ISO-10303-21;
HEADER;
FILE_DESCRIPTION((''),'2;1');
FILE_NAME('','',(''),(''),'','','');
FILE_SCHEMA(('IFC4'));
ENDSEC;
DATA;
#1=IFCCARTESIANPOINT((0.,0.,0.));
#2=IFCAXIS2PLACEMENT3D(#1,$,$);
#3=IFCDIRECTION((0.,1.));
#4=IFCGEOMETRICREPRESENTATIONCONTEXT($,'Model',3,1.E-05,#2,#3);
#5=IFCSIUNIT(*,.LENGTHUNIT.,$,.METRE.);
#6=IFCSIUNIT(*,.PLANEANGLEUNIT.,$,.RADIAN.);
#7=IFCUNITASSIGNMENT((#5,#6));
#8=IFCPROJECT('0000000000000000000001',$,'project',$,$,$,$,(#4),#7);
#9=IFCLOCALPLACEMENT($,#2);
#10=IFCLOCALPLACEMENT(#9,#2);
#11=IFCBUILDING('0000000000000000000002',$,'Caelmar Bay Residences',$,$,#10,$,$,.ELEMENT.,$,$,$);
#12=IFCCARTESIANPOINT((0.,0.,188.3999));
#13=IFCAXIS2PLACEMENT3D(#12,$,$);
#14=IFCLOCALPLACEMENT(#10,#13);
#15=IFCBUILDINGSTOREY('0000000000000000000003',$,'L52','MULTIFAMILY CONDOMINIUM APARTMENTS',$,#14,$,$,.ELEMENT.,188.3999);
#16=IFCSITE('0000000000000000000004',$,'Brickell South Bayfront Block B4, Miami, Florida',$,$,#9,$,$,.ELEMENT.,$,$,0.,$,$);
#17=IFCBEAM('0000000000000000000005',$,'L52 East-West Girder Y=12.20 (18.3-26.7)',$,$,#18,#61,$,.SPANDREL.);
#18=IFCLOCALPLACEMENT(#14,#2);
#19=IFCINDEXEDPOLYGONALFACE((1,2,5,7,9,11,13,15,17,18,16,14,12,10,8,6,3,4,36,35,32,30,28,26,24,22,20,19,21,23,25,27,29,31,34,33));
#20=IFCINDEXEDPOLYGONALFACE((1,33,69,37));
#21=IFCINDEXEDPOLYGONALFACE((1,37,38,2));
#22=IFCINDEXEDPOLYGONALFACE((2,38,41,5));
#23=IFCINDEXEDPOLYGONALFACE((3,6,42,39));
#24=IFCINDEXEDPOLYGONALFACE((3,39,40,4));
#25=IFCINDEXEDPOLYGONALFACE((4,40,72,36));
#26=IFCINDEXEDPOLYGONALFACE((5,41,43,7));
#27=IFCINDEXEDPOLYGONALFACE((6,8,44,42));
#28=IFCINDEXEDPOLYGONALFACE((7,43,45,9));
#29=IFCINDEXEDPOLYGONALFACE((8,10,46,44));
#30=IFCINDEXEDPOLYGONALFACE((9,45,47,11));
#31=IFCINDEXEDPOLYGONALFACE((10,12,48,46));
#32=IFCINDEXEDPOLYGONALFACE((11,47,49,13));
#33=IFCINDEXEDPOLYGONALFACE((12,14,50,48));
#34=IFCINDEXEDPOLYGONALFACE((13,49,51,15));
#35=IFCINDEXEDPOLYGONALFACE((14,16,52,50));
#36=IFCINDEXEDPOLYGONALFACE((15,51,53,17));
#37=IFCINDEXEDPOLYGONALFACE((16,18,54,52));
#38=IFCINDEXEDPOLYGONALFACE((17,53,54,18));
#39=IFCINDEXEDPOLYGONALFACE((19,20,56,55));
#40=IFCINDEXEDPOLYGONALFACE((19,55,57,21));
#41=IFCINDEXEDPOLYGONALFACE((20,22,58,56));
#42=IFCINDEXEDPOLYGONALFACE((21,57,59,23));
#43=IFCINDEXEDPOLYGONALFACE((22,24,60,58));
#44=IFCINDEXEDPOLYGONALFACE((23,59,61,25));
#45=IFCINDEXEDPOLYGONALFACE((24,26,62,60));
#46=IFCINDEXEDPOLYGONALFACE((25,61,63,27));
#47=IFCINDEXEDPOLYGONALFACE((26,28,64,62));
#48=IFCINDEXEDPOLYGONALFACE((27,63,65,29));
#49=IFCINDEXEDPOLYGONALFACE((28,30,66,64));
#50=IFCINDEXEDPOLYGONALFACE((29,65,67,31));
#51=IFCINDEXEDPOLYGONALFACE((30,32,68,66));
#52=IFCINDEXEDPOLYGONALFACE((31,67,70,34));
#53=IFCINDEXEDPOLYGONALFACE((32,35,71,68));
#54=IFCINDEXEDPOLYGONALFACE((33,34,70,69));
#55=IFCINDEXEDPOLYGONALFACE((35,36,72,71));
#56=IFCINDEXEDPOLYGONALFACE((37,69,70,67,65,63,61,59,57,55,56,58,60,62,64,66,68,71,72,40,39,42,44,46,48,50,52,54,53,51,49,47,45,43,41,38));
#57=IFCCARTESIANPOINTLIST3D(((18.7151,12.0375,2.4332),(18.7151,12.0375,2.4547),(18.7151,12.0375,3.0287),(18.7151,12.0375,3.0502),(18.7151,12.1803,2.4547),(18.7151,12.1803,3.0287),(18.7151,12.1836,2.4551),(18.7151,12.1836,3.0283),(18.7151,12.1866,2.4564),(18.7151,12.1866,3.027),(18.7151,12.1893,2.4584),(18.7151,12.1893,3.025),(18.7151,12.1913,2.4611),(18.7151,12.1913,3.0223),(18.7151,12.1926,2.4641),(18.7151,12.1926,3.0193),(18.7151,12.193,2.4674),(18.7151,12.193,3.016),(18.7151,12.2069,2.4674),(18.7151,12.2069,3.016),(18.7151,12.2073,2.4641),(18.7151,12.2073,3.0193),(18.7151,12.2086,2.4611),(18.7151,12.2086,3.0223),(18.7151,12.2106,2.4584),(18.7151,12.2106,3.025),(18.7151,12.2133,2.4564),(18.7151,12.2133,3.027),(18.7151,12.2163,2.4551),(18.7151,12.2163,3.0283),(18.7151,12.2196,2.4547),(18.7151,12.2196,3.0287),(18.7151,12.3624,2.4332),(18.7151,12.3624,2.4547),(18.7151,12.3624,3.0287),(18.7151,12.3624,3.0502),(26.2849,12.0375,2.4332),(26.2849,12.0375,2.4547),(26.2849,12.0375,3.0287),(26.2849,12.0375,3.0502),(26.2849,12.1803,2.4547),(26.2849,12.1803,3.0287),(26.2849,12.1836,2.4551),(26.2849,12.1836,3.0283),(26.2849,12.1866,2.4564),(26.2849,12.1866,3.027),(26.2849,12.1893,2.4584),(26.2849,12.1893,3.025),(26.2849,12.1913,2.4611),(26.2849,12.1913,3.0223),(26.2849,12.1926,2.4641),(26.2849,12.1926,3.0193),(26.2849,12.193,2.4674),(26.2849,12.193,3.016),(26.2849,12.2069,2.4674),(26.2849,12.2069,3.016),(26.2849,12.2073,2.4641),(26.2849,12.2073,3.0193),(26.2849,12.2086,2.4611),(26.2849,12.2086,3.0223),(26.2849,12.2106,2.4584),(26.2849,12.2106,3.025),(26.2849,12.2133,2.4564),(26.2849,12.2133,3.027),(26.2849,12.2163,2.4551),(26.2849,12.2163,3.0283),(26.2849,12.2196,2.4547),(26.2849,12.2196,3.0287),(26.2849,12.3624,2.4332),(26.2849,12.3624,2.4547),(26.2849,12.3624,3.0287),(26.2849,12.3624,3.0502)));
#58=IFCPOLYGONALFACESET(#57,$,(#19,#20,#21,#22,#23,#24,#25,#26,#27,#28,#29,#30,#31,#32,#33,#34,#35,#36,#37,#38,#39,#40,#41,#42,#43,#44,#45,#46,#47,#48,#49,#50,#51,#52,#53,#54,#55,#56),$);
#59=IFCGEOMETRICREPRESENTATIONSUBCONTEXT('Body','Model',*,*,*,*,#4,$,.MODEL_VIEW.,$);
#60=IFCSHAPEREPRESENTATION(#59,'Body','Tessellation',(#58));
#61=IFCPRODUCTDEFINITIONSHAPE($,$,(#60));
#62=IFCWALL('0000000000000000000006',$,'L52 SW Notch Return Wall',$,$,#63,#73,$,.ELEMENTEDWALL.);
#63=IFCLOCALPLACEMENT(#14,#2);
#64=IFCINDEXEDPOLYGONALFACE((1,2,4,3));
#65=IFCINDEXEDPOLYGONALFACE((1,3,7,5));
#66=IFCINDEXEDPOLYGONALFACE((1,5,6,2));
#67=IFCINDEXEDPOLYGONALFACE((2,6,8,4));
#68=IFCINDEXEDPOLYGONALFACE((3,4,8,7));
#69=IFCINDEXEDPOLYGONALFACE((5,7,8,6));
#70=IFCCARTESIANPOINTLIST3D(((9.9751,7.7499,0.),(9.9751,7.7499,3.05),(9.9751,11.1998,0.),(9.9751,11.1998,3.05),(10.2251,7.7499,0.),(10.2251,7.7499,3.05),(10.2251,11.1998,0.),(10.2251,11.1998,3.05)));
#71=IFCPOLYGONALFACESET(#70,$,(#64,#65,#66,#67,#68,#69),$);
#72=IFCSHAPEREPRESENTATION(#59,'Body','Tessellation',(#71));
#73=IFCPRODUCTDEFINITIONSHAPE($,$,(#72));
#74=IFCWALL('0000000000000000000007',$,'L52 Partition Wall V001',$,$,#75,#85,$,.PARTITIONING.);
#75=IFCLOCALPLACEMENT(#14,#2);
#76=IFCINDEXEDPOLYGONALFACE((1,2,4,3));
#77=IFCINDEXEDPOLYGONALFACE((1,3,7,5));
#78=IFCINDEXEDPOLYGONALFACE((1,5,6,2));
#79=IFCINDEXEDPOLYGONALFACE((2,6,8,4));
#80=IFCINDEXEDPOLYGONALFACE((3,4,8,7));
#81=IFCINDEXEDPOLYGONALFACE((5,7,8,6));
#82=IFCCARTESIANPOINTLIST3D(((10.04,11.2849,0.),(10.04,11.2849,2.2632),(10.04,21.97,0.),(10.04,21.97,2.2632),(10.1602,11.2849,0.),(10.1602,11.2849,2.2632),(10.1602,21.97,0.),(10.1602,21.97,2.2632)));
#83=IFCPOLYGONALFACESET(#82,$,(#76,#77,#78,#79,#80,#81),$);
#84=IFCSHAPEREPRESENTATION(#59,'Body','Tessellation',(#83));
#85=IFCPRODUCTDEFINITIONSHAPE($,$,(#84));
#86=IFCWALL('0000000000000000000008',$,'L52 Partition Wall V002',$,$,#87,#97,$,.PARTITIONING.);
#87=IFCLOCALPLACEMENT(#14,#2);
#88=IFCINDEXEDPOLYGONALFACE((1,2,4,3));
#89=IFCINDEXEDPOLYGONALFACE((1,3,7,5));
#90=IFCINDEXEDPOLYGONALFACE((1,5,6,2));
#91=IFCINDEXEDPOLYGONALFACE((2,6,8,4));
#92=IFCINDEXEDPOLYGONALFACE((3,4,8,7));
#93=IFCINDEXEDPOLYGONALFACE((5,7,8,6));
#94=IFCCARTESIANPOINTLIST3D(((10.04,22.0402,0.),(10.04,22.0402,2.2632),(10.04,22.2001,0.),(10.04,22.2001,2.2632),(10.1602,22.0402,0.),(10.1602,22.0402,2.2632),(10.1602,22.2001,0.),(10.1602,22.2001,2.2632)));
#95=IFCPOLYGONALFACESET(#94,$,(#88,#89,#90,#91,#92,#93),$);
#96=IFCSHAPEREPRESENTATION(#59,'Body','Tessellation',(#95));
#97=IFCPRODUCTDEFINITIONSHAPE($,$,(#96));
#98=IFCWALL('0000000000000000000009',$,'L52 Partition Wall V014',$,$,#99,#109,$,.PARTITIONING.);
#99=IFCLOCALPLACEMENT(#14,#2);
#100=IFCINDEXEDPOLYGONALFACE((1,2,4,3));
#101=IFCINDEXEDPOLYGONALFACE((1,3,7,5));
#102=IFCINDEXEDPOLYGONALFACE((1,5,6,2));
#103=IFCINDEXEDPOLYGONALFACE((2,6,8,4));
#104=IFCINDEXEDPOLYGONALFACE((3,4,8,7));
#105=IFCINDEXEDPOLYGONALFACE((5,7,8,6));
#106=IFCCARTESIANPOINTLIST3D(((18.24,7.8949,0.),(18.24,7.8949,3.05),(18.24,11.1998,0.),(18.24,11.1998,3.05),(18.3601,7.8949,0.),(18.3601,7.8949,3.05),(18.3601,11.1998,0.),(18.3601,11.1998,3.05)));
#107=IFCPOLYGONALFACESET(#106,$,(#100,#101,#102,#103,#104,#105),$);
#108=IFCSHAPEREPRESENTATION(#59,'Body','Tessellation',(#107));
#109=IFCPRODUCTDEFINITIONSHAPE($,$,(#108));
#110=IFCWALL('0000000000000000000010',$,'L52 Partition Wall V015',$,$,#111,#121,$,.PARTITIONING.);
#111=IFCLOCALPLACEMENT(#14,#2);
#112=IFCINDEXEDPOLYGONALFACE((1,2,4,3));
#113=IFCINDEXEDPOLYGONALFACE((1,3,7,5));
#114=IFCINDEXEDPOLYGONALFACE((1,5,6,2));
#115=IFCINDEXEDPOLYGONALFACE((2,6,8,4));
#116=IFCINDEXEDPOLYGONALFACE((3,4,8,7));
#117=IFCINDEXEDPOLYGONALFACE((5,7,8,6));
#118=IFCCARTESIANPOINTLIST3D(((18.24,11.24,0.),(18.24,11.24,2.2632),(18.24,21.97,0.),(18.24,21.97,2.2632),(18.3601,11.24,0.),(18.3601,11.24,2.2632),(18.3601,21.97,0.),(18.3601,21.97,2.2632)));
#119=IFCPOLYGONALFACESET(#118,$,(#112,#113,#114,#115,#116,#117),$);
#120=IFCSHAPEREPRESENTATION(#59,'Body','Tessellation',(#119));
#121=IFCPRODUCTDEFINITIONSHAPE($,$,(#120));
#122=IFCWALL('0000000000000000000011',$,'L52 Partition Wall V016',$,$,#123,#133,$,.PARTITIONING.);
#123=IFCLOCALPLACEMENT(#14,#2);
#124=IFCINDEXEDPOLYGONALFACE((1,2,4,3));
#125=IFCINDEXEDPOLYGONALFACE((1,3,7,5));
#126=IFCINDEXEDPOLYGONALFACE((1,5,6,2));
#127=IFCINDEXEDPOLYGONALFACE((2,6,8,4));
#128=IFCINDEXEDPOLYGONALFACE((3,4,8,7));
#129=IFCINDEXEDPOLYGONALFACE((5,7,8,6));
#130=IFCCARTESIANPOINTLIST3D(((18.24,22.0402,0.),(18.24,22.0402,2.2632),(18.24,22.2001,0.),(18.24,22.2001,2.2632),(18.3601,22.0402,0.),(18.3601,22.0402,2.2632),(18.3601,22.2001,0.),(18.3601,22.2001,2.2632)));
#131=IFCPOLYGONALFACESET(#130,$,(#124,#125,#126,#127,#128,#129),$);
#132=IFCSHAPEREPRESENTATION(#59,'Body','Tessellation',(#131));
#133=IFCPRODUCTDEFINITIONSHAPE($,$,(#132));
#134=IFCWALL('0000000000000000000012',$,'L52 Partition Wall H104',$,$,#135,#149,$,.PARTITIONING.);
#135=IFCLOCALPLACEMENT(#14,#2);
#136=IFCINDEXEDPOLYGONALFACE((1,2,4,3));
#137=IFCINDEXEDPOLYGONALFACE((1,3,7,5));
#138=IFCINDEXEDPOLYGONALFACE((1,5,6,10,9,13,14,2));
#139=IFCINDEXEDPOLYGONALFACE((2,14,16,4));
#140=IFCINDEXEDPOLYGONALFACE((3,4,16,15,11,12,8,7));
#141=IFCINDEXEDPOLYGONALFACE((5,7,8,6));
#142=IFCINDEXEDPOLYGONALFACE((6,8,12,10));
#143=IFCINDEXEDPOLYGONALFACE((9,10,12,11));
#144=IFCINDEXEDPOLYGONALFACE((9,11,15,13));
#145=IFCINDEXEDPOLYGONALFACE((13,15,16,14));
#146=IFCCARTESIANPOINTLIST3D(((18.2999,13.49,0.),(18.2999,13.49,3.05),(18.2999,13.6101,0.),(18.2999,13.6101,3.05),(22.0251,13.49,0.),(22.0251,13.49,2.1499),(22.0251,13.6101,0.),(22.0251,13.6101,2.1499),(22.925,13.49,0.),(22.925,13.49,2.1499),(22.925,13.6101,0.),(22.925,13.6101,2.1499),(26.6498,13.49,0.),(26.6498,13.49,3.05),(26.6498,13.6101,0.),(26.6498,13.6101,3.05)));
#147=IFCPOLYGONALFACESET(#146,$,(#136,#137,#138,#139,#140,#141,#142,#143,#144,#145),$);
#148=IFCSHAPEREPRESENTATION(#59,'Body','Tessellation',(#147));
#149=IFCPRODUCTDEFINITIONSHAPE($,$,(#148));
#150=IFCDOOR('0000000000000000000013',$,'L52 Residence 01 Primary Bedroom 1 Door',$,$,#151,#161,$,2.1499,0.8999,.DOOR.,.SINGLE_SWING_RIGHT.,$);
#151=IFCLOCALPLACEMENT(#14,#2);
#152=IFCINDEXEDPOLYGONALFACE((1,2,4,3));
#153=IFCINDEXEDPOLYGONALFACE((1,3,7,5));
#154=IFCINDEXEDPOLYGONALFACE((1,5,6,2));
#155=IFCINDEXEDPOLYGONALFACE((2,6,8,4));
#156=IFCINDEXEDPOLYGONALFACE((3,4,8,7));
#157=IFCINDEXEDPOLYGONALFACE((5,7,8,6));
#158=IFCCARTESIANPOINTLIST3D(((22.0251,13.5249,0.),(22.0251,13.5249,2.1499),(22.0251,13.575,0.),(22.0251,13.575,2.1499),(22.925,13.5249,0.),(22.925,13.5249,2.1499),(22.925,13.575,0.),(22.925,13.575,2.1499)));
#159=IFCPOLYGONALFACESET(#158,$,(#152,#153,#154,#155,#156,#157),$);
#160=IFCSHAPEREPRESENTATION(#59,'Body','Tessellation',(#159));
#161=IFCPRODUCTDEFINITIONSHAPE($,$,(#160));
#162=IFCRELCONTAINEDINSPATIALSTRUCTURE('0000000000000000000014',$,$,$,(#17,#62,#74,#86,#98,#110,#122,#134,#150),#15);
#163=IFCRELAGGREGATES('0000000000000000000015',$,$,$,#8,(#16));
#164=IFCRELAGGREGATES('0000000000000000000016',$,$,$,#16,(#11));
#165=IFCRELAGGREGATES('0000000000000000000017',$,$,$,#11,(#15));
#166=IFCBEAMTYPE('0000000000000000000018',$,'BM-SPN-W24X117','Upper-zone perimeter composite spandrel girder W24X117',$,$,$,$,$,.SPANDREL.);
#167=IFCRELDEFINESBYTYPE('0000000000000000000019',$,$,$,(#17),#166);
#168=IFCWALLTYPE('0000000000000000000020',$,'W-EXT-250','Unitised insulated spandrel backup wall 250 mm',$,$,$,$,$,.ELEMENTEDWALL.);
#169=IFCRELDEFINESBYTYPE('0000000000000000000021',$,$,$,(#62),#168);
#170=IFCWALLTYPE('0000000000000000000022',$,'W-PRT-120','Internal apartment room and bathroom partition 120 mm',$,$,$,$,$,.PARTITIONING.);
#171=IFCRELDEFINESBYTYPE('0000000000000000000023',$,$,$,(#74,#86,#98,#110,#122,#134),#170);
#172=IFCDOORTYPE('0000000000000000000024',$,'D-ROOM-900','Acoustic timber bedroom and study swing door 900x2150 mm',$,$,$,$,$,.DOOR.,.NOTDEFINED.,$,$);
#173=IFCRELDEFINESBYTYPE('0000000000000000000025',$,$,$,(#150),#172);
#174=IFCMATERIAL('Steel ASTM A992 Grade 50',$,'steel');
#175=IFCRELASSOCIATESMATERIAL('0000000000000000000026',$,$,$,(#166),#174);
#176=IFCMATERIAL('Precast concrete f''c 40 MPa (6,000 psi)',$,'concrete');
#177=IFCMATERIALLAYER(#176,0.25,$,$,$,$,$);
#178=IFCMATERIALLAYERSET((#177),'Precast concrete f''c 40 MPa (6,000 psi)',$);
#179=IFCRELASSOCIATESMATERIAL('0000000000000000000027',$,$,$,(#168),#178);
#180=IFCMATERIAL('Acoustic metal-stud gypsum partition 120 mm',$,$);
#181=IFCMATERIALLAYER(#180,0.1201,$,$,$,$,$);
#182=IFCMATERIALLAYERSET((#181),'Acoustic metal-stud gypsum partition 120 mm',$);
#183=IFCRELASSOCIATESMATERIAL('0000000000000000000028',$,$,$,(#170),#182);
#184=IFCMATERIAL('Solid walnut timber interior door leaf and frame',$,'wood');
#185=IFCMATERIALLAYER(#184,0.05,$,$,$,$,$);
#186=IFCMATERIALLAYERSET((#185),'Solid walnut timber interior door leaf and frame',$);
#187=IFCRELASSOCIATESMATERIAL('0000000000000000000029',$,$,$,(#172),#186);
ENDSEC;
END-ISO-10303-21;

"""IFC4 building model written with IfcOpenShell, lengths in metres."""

from ifc_helpers import new_model, si_unit, direction, frame, frame_2d, origin, origin_2d, place, context, subcontext, project, spatial, rectangle, i_section, extrude, material, layer, layer_set, material_profile, profile_set, type_object, element, fill, save


model = new_model("IFC4")

# Units and contexts
model_context = context("Model", 3, precision=1e-05, world=origin(), true_north=direction((0.0, 1.0)))
body_context = subcontext(model_context, "Body", "Model", "MODEL_VIEW")
ifc_project = project(units=[si_unit("LENGTHUNIT", "METRE"), si_unit("PLANEANGLEUNIT", "RADIAN")], contexts=[model_context])

# Site, building, storey
site_placement = place(None, origin())
site = spatial("IfcSite", under=ifc_project, at=site_placement, Name="Brickell South Bayfront Block B4, Miami, Florida", CompositionType="ELEMENT", RefElevation=0.0)
building_placement = place(site_placement, origin())
building = spatial("IfcBuilding", under=site, at=building_placement, Name="Caelmar Bay Residences", CompositionType="ELEMENT")
storey_placement = place(building_placement, frame((0.0, 0.0, 188.3999)))
storey = spatial("IfcBuildingStorey", under=building, at=storey_placement, Name="L52", Description="MULTIFAMILY CONDOMINIUM APARTMENTS", CompositionType="ELEMENT", Elevation=188.3999)

# Beam
ifc_material_1 = material(Name="Steel ASTM A992 Grade 50", Category="steel")
ifc_material_profile_1 = material_profile(ifc_material_1, i_section(OverallWidth=0.325, OverallDepth=0.6169, WebThickness=0.0139, FlangeThickness=0.0215, FilletRadius=0.0127, at=origin_2d()), Name="W24X117")
ifc_profile_set_1 = profile_set([ifc_material_profile_1], Name="Steel ASTM A992 Grade 50")
beam_type_1 = type_object("IfcBeamType", Name="BM-SPN-W24X117", Description="Upper-zone perimeter composite spandrel girder W24X117", PredefinedType="SPANDREL", material=ifc_profile_set_1)
beam_1_placement = place(storey_placement, frame((18.7151, 12.2, 2.7417), z_axis=(1.0, 0.0, 0.0), x_axis=(0.0, 1.0, 0.0)))
element("IfcBeam", 1, at=beam_1_placement, inside=storey, type_object=beam_type_1, Name="L52 East-West Girder Y=12.20 (18.3-26.7)", PredefinedType="SPANDREL", context=body_context, shape_type="SweptSolid", body=[
    extrude(i_section(OverallWidth=0.325, OverallDepth=0.6169, WebThickness=0.0139, FlangeThickness=0.0215, FilletRadius=0.0127, at=origin_2d()), origin(), (0.0, 0.0, 1.0), 7.5698),
])

# Walls
ifc_material_2 = material(Name="Precast concrete f'c 40 MPa (6,000 psi)", Category="concrete")
ifc_layer_1 = layer(ifc_material_2, 0.25)
ifc_layer_set_1 = layer_set([ifc_layer_1], Name="Precast concrete f'c 40 MPa (6,000 psi)")
wall_type_1 = type_object("IfcWallType", Name="W-EXT-250", Description="Unitised insulated spandrel backup wall 250 mm", PredefinedType="ELEMENTEDWALL", material=ifc_layer_set_1)
wall_1_placement = place(storey_placement, frame((10.1001, 11.2, 0.0), z_axis=(0.0, 0.0, 1.0), x_axis=(0.0, -1.0, 0.0)))
element("IfcWall", 2, at=wall_1_placement, inside=storey, type_object=wall_type_1, Name="L52 SW Notch Return Wall", PredefinedType="ELEMENTEDWALL", context=body_context, shape_type="SweptSolid", body=[
    extrude(rectangle(XDim=3.45, YDim=0.25, at=frame_2d((1.7251, 0.0))), origin(), (0.0, 0.0, 1.0), 3.05),
])
ifc_material_3 = material(Name="Acoustic metal-stud gypsum partition 120 mm")
ifc_layer_2 = layer(ifc_material_3, 0.1201)
ifc_layer_set_2 = layer_set([ifc_layer_2], Name="Acoustic metal-stud gypsum partition 120 mm")
wall_type_2 = type_object("IfcWallType", Name="W-PRT-120", Description="Internal apartment room and bathroom partition 120 mm", PredefinedType="PARTITIONING", material=ifc_layer_set_2)
wall_2_placement = place(storey_placement, frame((10.1001, 11.2849, 0.0), z_axis=(0.0, 0.0, 1.0), x_axis=(0.0, 1.0, 0.0)))
element("IfcWall", 3, at=wall_2_placement, inside=storey, type_object=wall_type_2, Name="L52 Partition Wall V001", PredefinedType="PARTITIONING", context=body_context, shape_type="SweptSolid", body=[
    extrude(rectangle(XDim=10.6851, YDim=0.1201, at=frame_2d((5.3425, 0.0))), origin(), (0.0, 0.0, 1.0), 2.2632),
])
wall_3_placement = place(storey_placement, frame((10.1001, 22.04, 0.0), z_axis=(0.0, 0.0, 1.0), x_axis=(0.0, 1.0, 0.0)))
element("IfcWall", 4, at=wall_3_placement, inside=storey, type_object=wall_type_2, Name="L52 Partition Wall V002", PredefinedType="PARTITIONING", context=body_context, shape_type="SweptSolid", body=[
    extrude(rectangle(XDim=0.1599, YDim=0.1201, at=frame_2d((0.0801, 0.0))), origin(), (0.0, 0.0, 1.0), 2.2632),
])

# Shared definitions
ifc_material_4 = material(Name="Solid walnut timber interior door leaf and frame", Category="wood")
ifc_layer_3 = layer(ifc_material_4, 0.05)
ifc_layer_set_3 = layer_set([ifc_layer_3], Name="Solid walnut timber interior door leaf and frame")
door_type = type_object("IfcDoorType", Name="D-ROOM-900", Description="Acoustic timber bedroom and study swing door 900x2150 mm", OperationType="NOTDEFINED", PredefinedType="DOOR", material=ifc_layer_set_3)

# Walls
wall_4_placement = place(storey_placement, frame((18.3, 7.895, 0.0), z_axis=(0.0, 0.0, 1.0), x_axis=(0.0, 1.0, 0.0)))
element("IfcWall", 5, at=wall_4_placement, inside=storey, type_object=wall_type_2, Name="L52 Partition Wall V014", PredefinedType="PARTITIONING", context=body_context, shape_type="SweptSolid", body=[
    extrude(rectangle(XDim=3.3049, YDim=0.1201, at=frame_2d((1.6523, 0.0))), origin(), (0.0, 0.0, 1.0), 3.05),
])
wall_5_placement = place(storey_placement, frame((18.3, 11.24, 0.0), z_axis=(0.0, 0.0, 1.0), x_axis=(0.0, 1.0, 0.0)))
element("IfcWall", 6, at=wall_5_placement, inside=storey, type_object=wall_type_2, Name="L52 Partition Wall V015", PredefinedType="PARTITIONING", context=body_context, shape_type="SweptSolid", body=[
    extrude(rectangle(XDim=10.73, YDim=0.1201, at=frame_2d((5.365, 0.0))), origin(), (0.0, 0.0, 1.0), 2.2632),
])
wall_6_placement = place(storey_placement, frame((18.3, 22.04, 0.0), z_axis=(0.0, 0.0, 1.0), x_axis=(0.0, 1.0, 0.0)))
element("IfcWall", 7, at=wall_6_placement, inside=storey, type_object=wall_type_2, Name="L52 Partition Wall V016", PredefinedType="PARTITIONING", context=body_context, shape_type="SweptSolid", body=[
    extrude(rectangle(XDim=0.1599, YDim=0.1201, at=frame_2d((0.0801, 0.0))), origin(), (0.0, 0.0, 1.0), 2.2632),
])

# Wall, opening, door
wall_7_placement = place(storey_placement, frame((18.3, 13.55, 0.0), z_axis=(0.0, 0.0, 1.0), x_axis=(1.0, 0.0, 0.0)))
wall_7 = element("IfcWall", 8, at=wall_7_placement, inside=storey, type_object=wall_type_2, Name="L52 Partition Wall H104", PredefinedType="PARTITIONING", context=body_context, shape_type="SweptSolid", body=[
    extrude(rectangle(XDim=8.3499, YDim=0.1201, at=frame_2d((4.1748, 0.0))), origin(), (0.0, 0.0, 1.0), 3.05),
])
opening_1_placement = place(wall_7_placement, frame((3.7251, 0.0, 0.0)))
opening_1 = element("IfcOpeningElement", 9, at=opening_1_placement, cuts=wall_7, PredefinedType="OPENING", context=body_context, shape_type="SweptSolid", body=[
    extrude(rectangle(XDim=0.8999, YDim=2.1499, at=frame_2d((0.45, 1.075))), frame((0.0, 0.0701, 0.0), z_axis=(0.0, -1.0, 0.0), x_axis=(1.0, 0.0, 0.0)), (0.0, 0.0, 1.0), 0.1401),
])
door_1_placement = place(opening_1_placement, origin())
door_1 = element("IfcDoor", 10, at=door_1_placement, inside=storey, type_object=door_type, Name="L52 Residence 01 Primary Bedroom 1 Door", OperationType="SINGLE_SWING_RIGHT", OverallHeight=2.1499, OverallWidth=0.8999, PredefinedType="DOOR", context=body_context, shape_type="SweptSolid", body=[
    extrude(rectangle(XDim=0.8999, YDim=2.1499, at=frame_2d((0.45, 1.075))), frame((0.0, 0.0249, 0.0), z_axis=(0.0, -1.0, 0.0), x_axis=(1.0, 0.0, 0.0)), (0.0, 0.0, 1.0), 0.05),
])
fill(opening_1, door_1)

save(model, "model.ifc")
